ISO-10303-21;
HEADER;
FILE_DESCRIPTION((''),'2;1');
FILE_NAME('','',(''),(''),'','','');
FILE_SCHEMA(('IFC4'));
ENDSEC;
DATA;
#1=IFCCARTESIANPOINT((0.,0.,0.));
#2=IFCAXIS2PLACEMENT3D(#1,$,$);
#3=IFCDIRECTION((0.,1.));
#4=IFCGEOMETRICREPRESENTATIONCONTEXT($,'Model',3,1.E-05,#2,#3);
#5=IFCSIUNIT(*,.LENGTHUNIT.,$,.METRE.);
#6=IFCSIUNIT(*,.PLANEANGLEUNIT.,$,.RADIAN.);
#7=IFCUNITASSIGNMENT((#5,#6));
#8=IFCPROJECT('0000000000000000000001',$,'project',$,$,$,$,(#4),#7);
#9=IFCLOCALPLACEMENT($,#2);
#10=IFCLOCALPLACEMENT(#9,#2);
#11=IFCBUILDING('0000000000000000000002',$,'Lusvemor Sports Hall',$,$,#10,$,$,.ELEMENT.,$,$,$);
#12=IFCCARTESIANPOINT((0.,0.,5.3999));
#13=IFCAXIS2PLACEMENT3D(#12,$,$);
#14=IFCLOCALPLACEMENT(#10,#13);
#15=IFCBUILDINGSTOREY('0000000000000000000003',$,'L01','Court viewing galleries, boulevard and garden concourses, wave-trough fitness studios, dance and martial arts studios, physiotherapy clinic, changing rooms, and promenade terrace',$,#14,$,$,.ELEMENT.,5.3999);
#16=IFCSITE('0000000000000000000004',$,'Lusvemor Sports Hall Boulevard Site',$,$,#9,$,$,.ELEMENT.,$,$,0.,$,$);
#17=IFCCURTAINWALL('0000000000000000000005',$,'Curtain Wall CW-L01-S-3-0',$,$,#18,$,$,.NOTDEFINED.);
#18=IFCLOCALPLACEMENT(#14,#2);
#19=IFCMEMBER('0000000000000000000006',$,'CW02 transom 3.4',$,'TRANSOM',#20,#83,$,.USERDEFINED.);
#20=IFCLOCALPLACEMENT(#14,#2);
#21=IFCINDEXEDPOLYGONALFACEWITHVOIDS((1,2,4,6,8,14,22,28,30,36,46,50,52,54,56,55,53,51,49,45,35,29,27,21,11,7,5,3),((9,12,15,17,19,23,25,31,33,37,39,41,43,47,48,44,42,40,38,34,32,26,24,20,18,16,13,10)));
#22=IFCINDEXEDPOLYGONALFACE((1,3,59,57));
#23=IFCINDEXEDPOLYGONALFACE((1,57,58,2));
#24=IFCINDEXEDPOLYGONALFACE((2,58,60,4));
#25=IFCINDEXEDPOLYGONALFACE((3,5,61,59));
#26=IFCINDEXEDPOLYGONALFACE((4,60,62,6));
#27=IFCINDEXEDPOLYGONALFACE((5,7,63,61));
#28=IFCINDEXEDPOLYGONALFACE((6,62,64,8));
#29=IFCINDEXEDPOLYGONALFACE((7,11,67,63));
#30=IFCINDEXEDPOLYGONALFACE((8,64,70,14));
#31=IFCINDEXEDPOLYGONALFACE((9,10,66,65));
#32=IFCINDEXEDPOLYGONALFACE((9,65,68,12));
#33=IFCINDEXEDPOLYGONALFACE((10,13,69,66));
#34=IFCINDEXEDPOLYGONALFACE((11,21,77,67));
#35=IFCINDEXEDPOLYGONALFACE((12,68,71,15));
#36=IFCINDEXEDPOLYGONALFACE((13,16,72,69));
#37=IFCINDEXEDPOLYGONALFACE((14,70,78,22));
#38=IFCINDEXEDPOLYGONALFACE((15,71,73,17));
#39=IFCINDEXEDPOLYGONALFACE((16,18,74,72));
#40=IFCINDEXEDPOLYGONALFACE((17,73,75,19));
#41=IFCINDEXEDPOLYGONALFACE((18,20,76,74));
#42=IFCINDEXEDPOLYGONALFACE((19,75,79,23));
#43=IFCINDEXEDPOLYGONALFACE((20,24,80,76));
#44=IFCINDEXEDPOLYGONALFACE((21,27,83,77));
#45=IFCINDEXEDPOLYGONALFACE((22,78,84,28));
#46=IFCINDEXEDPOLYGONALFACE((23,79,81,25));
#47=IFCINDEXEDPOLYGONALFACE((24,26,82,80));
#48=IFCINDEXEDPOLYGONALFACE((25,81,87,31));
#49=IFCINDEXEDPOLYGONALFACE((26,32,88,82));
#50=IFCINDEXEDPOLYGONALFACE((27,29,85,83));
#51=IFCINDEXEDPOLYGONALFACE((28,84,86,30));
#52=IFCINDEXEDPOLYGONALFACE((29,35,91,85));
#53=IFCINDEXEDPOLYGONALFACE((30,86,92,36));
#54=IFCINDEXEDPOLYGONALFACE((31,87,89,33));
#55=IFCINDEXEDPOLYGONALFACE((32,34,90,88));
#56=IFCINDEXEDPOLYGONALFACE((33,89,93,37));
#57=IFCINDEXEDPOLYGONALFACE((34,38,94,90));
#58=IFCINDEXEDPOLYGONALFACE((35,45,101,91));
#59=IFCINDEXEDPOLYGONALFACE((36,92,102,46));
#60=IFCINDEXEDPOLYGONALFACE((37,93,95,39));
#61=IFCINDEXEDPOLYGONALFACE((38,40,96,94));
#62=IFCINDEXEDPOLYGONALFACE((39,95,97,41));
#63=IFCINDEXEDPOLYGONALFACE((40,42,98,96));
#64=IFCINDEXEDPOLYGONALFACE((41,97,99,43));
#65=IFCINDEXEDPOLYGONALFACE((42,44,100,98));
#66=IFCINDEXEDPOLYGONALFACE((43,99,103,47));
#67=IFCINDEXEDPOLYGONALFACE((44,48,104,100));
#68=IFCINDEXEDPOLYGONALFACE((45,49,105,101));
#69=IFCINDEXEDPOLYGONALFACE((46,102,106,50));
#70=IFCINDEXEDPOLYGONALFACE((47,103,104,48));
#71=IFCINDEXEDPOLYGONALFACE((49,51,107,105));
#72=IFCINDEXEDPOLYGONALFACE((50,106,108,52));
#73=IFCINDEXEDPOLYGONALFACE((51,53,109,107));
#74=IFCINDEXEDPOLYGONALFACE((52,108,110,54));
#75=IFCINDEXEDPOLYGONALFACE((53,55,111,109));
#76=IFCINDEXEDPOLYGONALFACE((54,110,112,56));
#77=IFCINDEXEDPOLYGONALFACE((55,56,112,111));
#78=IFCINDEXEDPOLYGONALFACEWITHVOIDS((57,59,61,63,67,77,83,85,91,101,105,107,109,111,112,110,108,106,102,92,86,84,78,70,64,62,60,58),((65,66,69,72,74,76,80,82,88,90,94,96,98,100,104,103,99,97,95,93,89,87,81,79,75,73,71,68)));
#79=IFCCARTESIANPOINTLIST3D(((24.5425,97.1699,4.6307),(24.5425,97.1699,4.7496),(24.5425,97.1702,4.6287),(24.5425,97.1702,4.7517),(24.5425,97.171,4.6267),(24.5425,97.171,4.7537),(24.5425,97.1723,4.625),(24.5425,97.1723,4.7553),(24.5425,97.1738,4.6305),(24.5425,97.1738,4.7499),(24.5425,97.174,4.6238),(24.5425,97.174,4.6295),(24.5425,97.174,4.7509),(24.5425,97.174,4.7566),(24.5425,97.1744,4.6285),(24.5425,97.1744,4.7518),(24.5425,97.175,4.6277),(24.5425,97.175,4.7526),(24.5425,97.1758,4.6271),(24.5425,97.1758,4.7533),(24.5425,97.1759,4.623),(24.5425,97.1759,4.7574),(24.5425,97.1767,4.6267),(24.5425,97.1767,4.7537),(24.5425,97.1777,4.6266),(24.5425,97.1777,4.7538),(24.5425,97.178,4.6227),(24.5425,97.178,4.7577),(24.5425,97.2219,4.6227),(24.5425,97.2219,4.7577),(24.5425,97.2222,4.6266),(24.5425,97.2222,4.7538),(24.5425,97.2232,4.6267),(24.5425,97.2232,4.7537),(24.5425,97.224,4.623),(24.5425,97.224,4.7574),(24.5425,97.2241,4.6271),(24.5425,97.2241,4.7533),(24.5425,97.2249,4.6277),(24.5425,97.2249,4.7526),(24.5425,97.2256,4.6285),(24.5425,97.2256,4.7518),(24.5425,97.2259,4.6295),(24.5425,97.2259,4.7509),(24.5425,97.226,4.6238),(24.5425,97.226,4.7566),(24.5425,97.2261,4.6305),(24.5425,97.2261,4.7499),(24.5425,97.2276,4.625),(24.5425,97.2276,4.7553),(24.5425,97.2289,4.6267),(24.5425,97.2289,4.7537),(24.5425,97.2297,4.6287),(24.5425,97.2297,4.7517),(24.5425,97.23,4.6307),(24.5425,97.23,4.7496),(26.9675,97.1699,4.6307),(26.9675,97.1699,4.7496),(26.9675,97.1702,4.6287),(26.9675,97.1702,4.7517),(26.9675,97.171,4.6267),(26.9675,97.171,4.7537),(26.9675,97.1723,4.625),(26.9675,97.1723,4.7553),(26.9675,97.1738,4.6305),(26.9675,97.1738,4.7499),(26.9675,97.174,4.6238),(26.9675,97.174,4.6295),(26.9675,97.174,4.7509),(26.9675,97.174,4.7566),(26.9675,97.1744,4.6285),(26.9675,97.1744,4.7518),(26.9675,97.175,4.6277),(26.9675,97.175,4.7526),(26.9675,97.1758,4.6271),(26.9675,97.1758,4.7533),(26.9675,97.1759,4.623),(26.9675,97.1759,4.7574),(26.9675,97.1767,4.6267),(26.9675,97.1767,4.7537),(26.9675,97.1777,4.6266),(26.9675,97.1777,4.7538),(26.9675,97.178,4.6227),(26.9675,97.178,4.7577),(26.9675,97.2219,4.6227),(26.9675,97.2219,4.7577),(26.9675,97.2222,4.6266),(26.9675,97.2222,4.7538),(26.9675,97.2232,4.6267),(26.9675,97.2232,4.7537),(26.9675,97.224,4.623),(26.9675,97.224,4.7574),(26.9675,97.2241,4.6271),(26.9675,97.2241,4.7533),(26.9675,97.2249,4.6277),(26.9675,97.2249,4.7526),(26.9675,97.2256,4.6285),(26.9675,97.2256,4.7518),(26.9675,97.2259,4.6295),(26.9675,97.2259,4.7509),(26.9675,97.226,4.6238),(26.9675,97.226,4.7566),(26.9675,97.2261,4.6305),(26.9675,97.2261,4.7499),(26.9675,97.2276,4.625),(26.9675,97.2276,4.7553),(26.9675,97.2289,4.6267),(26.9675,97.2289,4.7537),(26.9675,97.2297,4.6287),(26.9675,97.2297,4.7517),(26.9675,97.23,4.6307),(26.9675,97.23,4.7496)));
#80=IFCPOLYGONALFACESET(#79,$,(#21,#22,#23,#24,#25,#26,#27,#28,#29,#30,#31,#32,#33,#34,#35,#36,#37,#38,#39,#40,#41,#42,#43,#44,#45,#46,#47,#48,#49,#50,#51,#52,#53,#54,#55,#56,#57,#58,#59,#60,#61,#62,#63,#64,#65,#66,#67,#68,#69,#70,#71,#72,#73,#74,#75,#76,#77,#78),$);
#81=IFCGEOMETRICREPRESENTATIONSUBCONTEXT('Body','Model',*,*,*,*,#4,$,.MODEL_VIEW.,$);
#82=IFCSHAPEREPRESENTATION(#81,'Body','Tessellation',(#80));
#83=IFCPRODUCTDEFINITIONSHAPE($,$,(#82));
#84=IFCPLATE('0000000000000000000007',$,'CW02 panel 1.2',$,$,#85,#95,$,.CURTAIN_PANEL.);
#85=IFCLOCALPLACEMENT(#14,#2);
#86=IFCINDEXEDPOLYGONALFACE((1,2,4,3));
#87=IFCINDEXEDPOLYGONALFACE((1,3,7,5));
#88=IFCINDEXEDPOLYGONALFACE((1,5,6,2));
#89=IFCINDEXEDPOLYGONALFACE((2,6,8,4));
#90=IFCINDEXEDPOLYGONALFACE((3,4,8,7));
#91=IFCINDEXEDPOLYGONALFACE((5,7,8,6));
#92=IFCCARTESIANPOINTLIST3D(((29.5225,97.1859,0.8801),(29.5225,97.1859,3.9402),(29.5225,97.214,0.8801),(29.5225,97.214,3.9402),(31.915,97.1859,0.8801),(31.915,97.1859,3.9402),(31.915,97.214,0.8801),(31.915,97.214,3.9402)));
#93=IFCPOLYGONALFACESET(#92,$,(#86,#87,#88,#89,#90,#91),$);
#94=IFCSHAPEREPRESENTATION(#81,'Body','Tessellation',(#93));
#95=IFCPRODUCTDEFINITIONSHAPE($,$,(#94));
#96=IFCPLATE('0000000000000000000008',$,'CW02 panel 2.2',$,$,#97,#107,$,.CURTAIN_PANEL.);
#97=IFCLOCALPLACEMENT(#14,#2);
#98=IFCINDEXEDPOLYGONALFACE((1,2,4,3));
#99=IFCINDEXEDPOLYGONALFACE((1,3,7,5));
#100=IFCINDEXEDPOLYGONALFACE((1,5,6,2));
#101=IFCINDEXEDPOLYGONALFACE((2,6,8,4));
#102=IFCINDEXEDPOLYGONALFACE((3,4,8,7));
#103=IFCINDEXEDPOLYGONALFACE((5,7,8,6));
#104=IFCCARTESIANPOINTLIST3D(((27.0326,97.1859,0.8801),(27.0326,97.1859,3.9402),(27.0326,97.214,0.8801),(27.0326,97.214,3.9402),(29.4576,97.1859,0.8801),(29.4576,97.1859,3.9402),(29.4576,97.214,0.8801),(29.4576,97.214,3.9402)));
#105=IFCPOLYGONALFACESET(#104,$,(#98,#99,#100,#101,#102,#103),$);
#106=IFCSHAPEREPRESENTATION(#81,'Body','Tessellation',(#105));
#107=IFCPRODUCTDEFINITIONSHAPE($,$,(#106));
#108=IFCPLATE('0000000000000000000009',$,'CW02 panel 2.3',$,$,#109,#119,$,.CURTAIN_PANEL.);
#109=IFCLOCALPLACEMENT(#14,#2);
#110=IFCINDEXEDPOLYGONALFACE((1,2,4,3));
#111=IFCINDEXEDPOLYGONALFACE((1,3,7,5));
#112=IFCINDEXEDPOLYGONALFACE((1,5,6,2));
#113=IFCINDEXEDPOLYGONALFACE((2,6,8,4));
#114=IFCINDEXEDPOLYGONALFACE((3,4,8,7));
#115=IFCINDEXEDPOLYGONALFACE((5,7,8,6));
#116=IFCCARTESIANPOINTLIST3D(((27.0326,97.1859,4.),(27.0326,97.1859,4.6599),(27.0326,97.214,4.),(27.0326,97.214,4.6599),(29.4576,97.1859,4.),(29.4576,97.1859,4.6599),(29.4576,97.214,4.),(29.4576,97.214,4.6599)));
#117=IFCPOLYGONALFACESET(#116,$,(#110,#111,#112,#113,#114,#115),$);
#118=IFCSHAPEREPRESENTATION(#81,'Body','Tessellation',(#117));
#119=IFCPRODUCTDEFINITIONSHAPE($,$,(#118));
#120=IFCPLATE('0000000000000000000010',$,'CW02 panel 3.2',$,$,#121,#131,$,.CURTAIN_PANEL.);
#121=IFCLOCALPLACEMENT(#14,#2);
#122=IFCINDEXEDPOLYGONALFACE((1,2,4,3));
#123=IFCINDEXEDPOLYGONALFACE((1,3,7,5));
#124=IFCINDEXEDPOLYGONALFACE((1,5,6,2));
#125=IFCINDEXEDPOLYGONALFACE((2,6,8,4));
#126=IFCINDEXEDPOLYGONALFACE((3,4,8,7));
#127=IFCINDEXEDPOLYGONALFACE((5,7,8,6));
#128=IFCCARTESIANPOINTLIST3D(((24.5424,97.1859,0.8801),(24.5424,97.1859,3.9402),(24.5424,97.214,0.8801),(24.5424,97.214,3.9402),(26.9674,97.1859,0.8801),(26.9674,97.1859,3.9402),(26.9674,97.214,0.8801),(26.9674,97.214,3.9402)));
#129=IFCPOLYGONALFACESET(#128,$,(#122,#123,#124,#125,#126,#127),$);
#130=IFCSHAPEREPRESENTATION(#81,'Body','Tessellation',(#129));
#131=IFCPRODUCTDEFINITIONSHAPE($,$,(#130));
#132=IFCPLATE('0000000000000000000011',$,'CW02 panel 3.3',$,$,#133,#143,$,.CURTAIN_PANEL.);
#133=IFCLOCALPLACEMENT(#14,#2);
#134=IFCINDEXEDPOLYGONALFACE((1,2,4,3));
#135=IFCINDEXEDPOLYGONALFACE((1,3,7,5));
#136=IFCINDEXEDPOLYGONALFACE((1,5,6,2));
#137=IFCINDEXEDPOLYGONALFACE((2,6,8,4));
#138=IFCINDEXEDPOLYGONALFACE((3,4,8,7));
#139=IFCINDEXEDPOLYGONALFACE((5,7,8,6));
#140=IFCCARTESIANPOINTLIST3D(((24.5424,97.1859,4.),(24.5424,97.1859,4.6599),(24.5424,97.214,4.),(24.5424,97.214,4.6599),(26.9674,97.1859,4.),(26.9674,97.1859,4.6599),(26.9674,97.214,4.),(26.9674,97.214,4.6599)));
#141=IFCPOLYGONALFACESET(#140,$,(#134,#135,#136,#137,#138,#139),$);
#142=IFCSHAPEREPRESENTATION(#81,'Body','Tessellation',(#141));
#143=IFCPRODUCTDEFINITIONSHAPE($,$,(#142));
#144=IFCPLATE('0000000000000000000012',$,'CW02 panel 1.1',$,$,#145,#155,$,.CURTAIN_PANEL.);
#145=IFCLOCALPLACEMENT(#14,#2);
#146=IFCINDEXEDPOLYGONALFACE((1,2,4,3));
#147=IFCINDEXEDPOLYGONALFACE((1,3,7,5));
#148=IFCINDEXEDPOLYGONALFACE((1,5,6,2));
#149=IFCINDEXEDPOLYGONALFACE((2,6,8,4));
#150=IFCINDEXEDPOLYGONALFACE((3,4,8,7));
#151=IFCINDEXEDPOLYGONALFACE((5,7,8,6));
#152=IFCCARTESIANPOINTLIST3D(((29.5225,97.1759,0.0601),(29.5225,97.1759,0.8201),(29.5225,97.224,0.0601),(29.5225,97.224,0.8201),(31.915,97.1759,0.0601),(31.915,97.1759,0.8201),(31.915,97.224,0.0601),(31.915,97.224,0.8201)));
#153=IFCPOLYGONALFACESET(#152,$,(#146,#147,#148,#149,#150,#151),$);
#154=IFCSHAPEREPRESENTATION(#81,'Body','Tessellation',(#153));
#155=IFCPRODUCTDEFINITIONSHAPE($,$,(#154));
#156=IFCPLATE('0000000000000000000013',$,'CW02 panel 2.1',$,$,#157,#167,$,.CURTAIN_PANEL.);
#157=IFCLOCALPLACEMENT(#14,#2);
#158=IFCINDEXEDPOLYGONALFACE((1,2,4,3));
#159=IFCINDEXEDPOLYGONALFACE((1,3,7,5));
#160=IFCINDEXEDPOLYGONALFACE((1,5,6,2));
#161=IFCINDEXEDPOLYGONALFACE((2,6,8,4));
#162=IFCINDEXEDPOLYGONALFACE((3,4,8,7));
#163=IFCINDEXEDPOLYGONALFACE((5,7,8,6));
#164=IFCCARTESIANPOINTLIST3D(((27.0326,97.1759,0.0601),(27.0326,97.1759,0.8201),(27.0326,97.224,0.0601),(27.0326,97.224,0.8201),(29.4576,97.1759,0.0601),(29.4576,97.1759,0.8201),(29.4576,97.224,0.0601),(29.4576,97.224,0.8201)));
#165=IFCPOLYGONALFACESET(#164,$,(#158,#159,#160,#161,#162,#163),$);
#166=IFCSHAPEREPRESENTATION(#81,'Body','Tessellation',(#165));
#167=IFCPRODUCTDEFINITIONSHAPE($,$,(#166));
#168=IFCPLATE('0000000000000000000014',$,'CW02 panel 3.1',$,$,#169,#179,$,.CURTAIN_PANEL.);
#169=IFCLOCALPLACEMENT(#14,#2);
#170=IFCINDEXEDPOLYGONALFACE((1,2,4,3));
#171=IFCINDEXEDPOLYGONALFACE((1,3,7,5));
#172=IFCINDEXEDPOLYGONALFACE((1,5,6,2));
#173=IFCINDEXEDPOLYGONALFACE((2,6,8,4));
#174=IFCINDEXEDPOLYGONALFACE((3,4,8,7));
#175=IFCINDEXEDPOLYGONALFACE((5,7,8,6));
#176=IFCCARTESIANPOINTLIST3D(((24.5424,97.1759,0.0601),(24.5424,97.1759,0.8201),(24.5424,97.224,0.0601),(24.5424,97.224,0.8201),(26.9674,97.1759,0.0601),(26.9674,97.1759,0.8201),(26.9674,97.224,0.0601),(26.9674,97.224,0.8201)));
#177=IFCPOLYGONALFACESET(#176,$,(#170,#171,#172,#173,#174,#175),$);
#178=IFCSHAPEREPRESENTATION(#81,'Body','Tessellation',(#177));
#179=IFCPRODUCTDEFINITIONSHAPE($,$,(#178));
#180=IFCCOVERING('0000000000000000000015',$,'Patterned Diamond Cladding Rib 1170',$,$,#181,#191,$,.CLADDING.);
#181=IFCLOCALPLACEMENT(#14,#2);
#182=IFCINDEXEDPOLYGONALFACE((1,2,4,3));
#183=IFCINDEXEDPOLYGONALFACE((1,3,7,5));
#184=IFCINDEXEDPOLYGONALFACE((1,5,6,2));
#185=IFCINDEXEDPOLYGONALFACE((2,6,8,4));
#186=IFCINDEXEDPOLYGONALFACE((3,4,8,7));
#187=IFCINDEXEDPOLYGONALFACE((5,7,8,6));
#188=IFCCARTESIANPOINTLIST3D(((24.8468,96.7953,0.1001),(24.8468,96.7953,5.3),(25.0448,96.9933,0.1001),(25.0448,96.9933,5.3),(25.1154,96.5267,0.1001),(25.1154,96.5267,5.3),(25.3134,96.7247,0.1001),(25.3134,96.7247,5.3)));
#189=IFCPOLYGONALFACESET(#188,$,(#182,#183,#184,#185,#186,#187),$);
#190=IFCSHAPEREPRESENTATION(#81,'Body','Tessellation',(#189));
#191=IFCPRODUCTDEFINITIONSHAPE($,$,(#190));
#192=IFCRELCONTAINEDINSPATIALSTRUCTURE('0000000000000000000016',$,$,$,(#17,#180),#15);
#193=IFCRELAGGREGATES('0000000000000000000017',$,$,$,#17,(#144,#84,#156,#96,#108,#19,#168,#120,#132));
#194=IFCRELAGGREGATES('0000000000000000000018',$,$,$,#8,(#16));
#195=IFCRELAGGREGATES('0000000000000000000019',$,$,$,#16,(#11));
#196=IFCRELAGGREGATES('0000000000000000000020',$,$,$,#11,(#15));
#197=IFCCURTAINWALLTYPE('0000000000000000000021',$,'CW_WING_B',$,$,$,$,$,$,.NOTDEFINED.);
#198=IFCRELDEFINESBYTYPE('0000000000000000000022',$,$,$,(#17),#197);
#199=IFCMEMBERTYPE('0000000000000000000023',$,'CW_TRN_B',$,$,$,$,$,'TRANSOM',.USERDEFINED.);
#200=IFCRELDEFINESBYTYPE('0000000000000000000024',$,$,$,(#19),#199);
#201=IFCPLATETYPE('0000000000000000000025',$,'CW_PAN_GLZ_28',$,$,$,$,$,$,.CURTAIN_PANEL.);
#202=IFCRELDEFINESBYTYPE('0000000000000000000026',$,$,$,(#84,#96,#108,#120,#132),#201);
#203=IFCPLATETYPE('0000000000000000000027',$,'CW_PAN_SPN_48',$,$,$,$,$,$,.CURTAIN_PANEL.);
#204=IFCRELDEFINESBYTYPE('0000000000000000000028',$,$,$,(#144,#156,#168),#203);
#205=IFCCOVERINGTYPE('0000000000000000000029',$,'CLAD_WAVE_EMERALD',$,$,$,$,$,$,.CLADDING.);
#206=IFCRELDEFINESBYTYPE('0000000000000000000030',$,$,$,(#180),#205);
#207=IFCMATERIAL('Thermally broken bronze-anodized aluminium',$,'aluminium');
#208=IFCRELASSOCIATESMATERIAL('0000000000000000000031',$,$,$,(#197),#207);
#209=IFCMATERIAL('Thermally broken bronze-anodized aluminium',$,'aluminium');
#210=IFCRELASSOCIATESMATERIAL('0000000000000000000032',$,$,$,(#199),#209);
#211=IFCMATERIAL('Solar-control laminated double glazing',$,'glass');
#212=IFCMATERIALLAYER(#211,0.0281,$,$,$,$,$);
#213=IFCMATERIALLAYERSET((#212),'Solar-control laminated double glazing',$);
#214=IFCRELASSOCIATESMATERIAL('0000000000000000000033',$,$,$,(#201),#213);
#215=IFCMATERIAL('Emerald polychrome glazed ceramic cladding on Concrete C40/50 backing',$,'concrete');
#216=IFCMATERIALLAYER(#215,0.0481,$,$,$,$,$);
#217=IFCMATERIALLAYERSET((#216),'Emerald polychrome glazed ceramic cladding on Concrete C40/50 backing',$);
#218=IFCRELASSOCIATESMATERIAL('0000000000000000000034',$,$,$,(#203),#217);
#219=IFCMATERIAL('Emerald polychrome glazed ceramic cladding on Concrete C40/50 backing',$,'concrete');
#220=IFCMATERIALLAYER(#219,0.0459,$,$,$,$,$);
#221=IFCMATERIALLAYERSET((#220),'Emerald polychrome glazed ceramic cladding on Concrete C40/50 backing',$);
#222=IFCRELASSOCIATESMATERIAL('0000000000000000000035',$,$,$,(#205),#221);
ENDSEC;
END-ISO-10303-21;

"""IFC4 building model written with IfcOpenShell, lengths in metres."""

from ifc_helpers import new_model, si_unit, direction, frame, origin, origin_2d, place, context, subcontext, project, spatial, rectangle, hollow_rectangle, extrude, material, layer, layer_set, material_profile, profile_set, type_object, element, aggregate, save


model = new_model("IFC4")

# Units and contexts
model_context = context("Model", 3, precision=1e-05, world=origin(), true_north=direction((0.0, 1.0)))
body_context = subcontext(model_context, "Body", "Model", "MODEL_VIEW")
ifc_project = project(units=[si_unit("LENGTHUNIT", "METRE"), si_unit("PLANEANGLEUNIT", "RADIAN")], contexts=[model_context])

# Site, building, storey
site_placement = place(None, origin())
site = spatial("IfcSite", under=ifc_project, at=site_placement, Name="Lusvemor Sports Hall Boulevard Site", CompositionType="ELEMENT", RefElevation=0.0)
building_placement = place(site_placement, origin())
building = spatial("IfcBuilding", under=site, at=building_placement, Name="Lusvemor Sports Hall", CompositionType="ELEMENT")
storey_placement = place(building_placement, frame((0.0, 0.0, 5.3999)))
storey = spatial("IfcBuildingStorey", under=building, at=storey_placement, Name="L01", Description="Court viewing galleries, boulevard and garden concourses, wave-trough fitness studios, dance and martial arts studios, physiotherapy clinic, changing rooms, and promenade terrace", CompositionType="ELEMENT", Elevation=5.3999)

# Curtain wall
ifc_material_1 = material(Name="Thermally broken bronze-anodized aluminium", Category="aluminium")
curtain_wall_type_1 = type_object("IfcCurtainWallType", Name="CW_WING_B", PredefinedType="NOTDEFINED", material=ifc_material_1)
curtain_wall_1_placement = place(storey_placement, origin())
curtain_wall_1 = element("IfcCurtainWall", 1, at=curtain_wall_1_placement, inside=storey, type_object=curtain_wall_type_1, Name="Curtain Wall CW-L01-S-3-0", PredefinedType="NOTDEFINED")

# Member
ifc_material_2 = material(Name="Thermally broken bronze-anodized aluminium", Category="aluminium")
ifc_material_profile_1 = material_profile(ifc_material_2, hollow_rectangle(XDim=0.0601, YDim=0.135, WallThickness=0.0039, InnerFilletRadius=0.0039, OuterFilletRadius=0.0081, at=origin_2d()), Name="CWTRN135x60x4")
ifc_profile_set_1 = profile_set([ifc_material_profile_1], Name="Thermally broken bronze-anodized aluminium")
member_type_1 = type_object("IfcMemberType", Name="CW_TRN_B", ElementType="TRANSOM", PredefinedType="USERDEFINED", material=ifc_profile_set_1)
member_1_placement = place(storey_placement, frame((26.9675, 97.2, 4.6902), z_axis=(-1.0, 0.0, 0.0), x_axis=(0.0, -1.0, 0.0)))
member_1 = element("IfcMember", 2, at=member_1_placement, type_object=member_type_1, Name="CW02 transom 3.4", ObjectType="TRANSOM", PredefinedType="USERDEFINED", context=body_context, shape_type="SweptSolid", body=[
    extrude(hollow_rectangle(XDim=0.0601, YDim=0.135, WallThickness=0.0039, InnerFilletRadius=0.0039, OuterFilletRadius=0.0081, at=origin_2d()), origin(), (0.0, 0.0, 1.0), 2.425),
])

# Plates
ifc_material_3 = material(Name="Solar-control laminated double glazing", Category="glass")
ifc_layer_1 = layer(ifc_material_3, 0.0281)
ifc_layer_set_1 = layer_set([ifc_layer_1], Name="Solar-control laminated double glazing")
plate_type_1 = type_object("IfcPlateType", Name="CW_PAN_GLZ_28", PredefinedType="CURTAIN_PANEL", material=ifc_layer_set_1)
plate_1_placement = place(storey_placement, frame((30.7188, 97.2, 0.8801), z_axis=(0.0, 0.0, 1.0), x_axis=(-1.0, 0.0, 0.0)))
plate_1 = element("IfcPlate", 3, at=plate_1_placement, type_object=plate_type_1, Name="CW02 panel 1.2", PredefinedType="CURTAIN_PANEL", context=body_context, shape_type="SweptSolid", body=[
    extrude(rectangle(XDim=2.3926, YDim=0.0281, at=origin_2d()), origin(), (0.0, 0.0, 1.0), 3.0601),
])
plate_2_placement = place(storey_placement, frame((28.2451, 97.2, 0.8801), z_axis=(0.0, 0.0, 1.0), x_axis=(-1.0, 0.0, 0.0)))
plate_2 = element("IfcPlate", 4, at=plate_2_placement, type_object=plate_type_1, Name="CW02 panel 2.2", PredefinedType="CURTAIN_PANEL", context=body_context, shape_type="SweptSolid", body=[
    extrude(rectangle(XDim=2.425, YDim=0.0281, at=origin_2d()), origin(), (0.0, 0.0, 1.0), 3.0601),
])
plate_3_placement = place(storey_placement, frame((28.2451, 97.2, 4.0), z_axis=(0.0, 0.0, 1.0), x_axis=(-1.0, 0.0, 0.0)))
plate_3 = element("IfcPlate", 5, at=plate_3_placement, type_object=plate_type_1, Name="CW02 panel 2.3", PredefinedType="CURTAIN_PANEL", context=body_context, shape_type="SweptSolid", body=[
    extrude(rectangle(XDim=2.425, YDim=0.0281, at=origin_2d()), origin(), (0.0, 0.0, 1.0), 0.6599),
])
plate_4_placement = place(storey_placement, frame((25.7549, 97.2, 0.8801), z_axis=(0.0, 0.0, 1.0), x_axis=(-1.0, 0.0, 0.0)))
plate_4 = element("IfcPlate", 6, at=plate_4_placement, type_object=plate_type_1, Name="CW02 panel 3.2", PredefinedType="CURTAIN_PANEL", context=body_context, shape_type="SweptSolid", body=[
    extrude(rectangle(XDim=2.425, YDim=0.0281, at=origin_2d()), origin(), (0.0, 0.0, 1.0), 3.0601),
])
plate_5_placement = place(storey_placement, frame((25.7549, 97.2, 4.0), z_axis=(0.0, 0.0, 1.0), x_axis=(-1.0, 0.0, 0.0)))
plate_5 = element("IfcPlate", 7, at=plate_5_placement, type_object=plate_type_1, Name="CW02 panel 3.3", PredefinedType="CURTAIN_PANEL", context=body_context, shape_type="SweptSolid", body=[
    extrude(rectangle(XDim=2.425, YDim=0.0281, at=origin_2d()), origin(), (0.0, 0.0, 1.0), 0.6599),
])
ifc_material_4 = material(Name="Emerald polychrome glazed ceramic cladding on Concrete C40/50 backing", Category="concrete")
ifc_layer_2 = layer(ifc_material_4, 0.0481)
ifc_layer_set_2 = layer_set([ifc_layer_2], Name="Emerald polychrome glazed ceramic cladding on Concrete C40/50 backing")
plate_type_2 = type_object("IfcPlateType", Name="CW_PAN_SPN_48", PredefinedType="CURTAIN_PANEL", material=ifc_layer_set_2)
plate_6_placement = place(storey_placement, frame((30.7188, 97.2, 0.0601), z_axis=(0.0, 0.0, 1.0), x_axis=(-1.0, 0.0, 0.0)))
plate_6 = element("IfcPlate", 8, at=plate_6_placement, type_object=plate_type_2, Name="CW02 panel 1.1", PredefinedType="CURTAIN_PANEL", context=body_context, shape_type="SweptSolid", body=[
    extrude(rectangle(XDim=2.3926, YDim=0.0481, at=origin_2d()), origin(), (0.0, 0.0, 1.0), 0.76),
])
plate_7_placement = place(storey_placement, frame((28.2451, 97.2, 0.0601), z_axis=(0.0, 0.0, 1.0), x_axis=(-1.0, 0.0, 0.0)))
plate_7 = element("IfcPlate", 9, at=plate_7_placement, type_object=plate_type_2, Name="CW02 panel 2.1", PredefinedType="CURTAIN_PANEL", context=body_context, shape_type="SweptSolid", body=[
    extrude(rectangle(XDim=2.425, YDim=0.0481, at=origin_2d()), origin(), (0.0, 0.0, 1.0), 0.76),
])
plate_8_placement = place(storey_placement, frame((25.7549, 97.2, 0.0601), z_axis=(0.0, 0.0, 1.0), x_axis=(-1.0, 0.0, 0.0)))
plate_8 = element("IfcPlate", 10, at=plate_8_placement, type_object=plate_type_2, Name="CW02 panel 3.1", PredefinedType="CURTAIN_PANEL", context=body_context, shape_type="SweptSolid", body=[
    extrude(rectangle(XDim=2.425, YDim=0.0481, at=origin_2d()), origin(), (0.0, 0.0, 1.0), 0.76),
])
aggregate(curtain_wall_1, [plate_6, plate_1, plate_7, plate_2, plate_3, member_1, plate_8, plate_4, plate_5])

# Covering
ifc_material_5 = material(Name="Emerald polychrome glazed ceramic cladding on Concrete C40/50 backing", Category="concrete")
ifc_layer_3 = layer(ifc_material_5, 0.0459)
ifc_layer_set_3 = layer_set([ifc_layer_3], Name="Emerald polychrome glazed ceramic cladding on Concrete C40/50 backing")
covering_type_1 = type_object("IfcCoveringType", Name="CLAD_WAVE_EMERALD", PredefinedType="CLADDING", material=ifc_layer_set_3)
for number, where, z_axis, x_axis, name in (
    (11, (25.0801, 96.76, 0.1001), (0.0, 0.0, 1.0), (0.707107, 0.707107, 0.0), "Patterned Diamond Cladding Rib 1170"),
):
    element("IfcCovering", number, at=place(storey_placement, frame(where, z_axis=z_axis, x_axis=x_axis)), inside=storey, type_object=covering_type_1, Name=name, PredefinedType="CLADDING", context=body_context, shape_type="SweptSolid", body=[
        extrude(rectangle(XDim=0.28, YDim=0.3799, at=origin_2d()), origin(), (0.0, 0.0, 1.0), 5.2),
    ])

save(model, "model.ifc")
